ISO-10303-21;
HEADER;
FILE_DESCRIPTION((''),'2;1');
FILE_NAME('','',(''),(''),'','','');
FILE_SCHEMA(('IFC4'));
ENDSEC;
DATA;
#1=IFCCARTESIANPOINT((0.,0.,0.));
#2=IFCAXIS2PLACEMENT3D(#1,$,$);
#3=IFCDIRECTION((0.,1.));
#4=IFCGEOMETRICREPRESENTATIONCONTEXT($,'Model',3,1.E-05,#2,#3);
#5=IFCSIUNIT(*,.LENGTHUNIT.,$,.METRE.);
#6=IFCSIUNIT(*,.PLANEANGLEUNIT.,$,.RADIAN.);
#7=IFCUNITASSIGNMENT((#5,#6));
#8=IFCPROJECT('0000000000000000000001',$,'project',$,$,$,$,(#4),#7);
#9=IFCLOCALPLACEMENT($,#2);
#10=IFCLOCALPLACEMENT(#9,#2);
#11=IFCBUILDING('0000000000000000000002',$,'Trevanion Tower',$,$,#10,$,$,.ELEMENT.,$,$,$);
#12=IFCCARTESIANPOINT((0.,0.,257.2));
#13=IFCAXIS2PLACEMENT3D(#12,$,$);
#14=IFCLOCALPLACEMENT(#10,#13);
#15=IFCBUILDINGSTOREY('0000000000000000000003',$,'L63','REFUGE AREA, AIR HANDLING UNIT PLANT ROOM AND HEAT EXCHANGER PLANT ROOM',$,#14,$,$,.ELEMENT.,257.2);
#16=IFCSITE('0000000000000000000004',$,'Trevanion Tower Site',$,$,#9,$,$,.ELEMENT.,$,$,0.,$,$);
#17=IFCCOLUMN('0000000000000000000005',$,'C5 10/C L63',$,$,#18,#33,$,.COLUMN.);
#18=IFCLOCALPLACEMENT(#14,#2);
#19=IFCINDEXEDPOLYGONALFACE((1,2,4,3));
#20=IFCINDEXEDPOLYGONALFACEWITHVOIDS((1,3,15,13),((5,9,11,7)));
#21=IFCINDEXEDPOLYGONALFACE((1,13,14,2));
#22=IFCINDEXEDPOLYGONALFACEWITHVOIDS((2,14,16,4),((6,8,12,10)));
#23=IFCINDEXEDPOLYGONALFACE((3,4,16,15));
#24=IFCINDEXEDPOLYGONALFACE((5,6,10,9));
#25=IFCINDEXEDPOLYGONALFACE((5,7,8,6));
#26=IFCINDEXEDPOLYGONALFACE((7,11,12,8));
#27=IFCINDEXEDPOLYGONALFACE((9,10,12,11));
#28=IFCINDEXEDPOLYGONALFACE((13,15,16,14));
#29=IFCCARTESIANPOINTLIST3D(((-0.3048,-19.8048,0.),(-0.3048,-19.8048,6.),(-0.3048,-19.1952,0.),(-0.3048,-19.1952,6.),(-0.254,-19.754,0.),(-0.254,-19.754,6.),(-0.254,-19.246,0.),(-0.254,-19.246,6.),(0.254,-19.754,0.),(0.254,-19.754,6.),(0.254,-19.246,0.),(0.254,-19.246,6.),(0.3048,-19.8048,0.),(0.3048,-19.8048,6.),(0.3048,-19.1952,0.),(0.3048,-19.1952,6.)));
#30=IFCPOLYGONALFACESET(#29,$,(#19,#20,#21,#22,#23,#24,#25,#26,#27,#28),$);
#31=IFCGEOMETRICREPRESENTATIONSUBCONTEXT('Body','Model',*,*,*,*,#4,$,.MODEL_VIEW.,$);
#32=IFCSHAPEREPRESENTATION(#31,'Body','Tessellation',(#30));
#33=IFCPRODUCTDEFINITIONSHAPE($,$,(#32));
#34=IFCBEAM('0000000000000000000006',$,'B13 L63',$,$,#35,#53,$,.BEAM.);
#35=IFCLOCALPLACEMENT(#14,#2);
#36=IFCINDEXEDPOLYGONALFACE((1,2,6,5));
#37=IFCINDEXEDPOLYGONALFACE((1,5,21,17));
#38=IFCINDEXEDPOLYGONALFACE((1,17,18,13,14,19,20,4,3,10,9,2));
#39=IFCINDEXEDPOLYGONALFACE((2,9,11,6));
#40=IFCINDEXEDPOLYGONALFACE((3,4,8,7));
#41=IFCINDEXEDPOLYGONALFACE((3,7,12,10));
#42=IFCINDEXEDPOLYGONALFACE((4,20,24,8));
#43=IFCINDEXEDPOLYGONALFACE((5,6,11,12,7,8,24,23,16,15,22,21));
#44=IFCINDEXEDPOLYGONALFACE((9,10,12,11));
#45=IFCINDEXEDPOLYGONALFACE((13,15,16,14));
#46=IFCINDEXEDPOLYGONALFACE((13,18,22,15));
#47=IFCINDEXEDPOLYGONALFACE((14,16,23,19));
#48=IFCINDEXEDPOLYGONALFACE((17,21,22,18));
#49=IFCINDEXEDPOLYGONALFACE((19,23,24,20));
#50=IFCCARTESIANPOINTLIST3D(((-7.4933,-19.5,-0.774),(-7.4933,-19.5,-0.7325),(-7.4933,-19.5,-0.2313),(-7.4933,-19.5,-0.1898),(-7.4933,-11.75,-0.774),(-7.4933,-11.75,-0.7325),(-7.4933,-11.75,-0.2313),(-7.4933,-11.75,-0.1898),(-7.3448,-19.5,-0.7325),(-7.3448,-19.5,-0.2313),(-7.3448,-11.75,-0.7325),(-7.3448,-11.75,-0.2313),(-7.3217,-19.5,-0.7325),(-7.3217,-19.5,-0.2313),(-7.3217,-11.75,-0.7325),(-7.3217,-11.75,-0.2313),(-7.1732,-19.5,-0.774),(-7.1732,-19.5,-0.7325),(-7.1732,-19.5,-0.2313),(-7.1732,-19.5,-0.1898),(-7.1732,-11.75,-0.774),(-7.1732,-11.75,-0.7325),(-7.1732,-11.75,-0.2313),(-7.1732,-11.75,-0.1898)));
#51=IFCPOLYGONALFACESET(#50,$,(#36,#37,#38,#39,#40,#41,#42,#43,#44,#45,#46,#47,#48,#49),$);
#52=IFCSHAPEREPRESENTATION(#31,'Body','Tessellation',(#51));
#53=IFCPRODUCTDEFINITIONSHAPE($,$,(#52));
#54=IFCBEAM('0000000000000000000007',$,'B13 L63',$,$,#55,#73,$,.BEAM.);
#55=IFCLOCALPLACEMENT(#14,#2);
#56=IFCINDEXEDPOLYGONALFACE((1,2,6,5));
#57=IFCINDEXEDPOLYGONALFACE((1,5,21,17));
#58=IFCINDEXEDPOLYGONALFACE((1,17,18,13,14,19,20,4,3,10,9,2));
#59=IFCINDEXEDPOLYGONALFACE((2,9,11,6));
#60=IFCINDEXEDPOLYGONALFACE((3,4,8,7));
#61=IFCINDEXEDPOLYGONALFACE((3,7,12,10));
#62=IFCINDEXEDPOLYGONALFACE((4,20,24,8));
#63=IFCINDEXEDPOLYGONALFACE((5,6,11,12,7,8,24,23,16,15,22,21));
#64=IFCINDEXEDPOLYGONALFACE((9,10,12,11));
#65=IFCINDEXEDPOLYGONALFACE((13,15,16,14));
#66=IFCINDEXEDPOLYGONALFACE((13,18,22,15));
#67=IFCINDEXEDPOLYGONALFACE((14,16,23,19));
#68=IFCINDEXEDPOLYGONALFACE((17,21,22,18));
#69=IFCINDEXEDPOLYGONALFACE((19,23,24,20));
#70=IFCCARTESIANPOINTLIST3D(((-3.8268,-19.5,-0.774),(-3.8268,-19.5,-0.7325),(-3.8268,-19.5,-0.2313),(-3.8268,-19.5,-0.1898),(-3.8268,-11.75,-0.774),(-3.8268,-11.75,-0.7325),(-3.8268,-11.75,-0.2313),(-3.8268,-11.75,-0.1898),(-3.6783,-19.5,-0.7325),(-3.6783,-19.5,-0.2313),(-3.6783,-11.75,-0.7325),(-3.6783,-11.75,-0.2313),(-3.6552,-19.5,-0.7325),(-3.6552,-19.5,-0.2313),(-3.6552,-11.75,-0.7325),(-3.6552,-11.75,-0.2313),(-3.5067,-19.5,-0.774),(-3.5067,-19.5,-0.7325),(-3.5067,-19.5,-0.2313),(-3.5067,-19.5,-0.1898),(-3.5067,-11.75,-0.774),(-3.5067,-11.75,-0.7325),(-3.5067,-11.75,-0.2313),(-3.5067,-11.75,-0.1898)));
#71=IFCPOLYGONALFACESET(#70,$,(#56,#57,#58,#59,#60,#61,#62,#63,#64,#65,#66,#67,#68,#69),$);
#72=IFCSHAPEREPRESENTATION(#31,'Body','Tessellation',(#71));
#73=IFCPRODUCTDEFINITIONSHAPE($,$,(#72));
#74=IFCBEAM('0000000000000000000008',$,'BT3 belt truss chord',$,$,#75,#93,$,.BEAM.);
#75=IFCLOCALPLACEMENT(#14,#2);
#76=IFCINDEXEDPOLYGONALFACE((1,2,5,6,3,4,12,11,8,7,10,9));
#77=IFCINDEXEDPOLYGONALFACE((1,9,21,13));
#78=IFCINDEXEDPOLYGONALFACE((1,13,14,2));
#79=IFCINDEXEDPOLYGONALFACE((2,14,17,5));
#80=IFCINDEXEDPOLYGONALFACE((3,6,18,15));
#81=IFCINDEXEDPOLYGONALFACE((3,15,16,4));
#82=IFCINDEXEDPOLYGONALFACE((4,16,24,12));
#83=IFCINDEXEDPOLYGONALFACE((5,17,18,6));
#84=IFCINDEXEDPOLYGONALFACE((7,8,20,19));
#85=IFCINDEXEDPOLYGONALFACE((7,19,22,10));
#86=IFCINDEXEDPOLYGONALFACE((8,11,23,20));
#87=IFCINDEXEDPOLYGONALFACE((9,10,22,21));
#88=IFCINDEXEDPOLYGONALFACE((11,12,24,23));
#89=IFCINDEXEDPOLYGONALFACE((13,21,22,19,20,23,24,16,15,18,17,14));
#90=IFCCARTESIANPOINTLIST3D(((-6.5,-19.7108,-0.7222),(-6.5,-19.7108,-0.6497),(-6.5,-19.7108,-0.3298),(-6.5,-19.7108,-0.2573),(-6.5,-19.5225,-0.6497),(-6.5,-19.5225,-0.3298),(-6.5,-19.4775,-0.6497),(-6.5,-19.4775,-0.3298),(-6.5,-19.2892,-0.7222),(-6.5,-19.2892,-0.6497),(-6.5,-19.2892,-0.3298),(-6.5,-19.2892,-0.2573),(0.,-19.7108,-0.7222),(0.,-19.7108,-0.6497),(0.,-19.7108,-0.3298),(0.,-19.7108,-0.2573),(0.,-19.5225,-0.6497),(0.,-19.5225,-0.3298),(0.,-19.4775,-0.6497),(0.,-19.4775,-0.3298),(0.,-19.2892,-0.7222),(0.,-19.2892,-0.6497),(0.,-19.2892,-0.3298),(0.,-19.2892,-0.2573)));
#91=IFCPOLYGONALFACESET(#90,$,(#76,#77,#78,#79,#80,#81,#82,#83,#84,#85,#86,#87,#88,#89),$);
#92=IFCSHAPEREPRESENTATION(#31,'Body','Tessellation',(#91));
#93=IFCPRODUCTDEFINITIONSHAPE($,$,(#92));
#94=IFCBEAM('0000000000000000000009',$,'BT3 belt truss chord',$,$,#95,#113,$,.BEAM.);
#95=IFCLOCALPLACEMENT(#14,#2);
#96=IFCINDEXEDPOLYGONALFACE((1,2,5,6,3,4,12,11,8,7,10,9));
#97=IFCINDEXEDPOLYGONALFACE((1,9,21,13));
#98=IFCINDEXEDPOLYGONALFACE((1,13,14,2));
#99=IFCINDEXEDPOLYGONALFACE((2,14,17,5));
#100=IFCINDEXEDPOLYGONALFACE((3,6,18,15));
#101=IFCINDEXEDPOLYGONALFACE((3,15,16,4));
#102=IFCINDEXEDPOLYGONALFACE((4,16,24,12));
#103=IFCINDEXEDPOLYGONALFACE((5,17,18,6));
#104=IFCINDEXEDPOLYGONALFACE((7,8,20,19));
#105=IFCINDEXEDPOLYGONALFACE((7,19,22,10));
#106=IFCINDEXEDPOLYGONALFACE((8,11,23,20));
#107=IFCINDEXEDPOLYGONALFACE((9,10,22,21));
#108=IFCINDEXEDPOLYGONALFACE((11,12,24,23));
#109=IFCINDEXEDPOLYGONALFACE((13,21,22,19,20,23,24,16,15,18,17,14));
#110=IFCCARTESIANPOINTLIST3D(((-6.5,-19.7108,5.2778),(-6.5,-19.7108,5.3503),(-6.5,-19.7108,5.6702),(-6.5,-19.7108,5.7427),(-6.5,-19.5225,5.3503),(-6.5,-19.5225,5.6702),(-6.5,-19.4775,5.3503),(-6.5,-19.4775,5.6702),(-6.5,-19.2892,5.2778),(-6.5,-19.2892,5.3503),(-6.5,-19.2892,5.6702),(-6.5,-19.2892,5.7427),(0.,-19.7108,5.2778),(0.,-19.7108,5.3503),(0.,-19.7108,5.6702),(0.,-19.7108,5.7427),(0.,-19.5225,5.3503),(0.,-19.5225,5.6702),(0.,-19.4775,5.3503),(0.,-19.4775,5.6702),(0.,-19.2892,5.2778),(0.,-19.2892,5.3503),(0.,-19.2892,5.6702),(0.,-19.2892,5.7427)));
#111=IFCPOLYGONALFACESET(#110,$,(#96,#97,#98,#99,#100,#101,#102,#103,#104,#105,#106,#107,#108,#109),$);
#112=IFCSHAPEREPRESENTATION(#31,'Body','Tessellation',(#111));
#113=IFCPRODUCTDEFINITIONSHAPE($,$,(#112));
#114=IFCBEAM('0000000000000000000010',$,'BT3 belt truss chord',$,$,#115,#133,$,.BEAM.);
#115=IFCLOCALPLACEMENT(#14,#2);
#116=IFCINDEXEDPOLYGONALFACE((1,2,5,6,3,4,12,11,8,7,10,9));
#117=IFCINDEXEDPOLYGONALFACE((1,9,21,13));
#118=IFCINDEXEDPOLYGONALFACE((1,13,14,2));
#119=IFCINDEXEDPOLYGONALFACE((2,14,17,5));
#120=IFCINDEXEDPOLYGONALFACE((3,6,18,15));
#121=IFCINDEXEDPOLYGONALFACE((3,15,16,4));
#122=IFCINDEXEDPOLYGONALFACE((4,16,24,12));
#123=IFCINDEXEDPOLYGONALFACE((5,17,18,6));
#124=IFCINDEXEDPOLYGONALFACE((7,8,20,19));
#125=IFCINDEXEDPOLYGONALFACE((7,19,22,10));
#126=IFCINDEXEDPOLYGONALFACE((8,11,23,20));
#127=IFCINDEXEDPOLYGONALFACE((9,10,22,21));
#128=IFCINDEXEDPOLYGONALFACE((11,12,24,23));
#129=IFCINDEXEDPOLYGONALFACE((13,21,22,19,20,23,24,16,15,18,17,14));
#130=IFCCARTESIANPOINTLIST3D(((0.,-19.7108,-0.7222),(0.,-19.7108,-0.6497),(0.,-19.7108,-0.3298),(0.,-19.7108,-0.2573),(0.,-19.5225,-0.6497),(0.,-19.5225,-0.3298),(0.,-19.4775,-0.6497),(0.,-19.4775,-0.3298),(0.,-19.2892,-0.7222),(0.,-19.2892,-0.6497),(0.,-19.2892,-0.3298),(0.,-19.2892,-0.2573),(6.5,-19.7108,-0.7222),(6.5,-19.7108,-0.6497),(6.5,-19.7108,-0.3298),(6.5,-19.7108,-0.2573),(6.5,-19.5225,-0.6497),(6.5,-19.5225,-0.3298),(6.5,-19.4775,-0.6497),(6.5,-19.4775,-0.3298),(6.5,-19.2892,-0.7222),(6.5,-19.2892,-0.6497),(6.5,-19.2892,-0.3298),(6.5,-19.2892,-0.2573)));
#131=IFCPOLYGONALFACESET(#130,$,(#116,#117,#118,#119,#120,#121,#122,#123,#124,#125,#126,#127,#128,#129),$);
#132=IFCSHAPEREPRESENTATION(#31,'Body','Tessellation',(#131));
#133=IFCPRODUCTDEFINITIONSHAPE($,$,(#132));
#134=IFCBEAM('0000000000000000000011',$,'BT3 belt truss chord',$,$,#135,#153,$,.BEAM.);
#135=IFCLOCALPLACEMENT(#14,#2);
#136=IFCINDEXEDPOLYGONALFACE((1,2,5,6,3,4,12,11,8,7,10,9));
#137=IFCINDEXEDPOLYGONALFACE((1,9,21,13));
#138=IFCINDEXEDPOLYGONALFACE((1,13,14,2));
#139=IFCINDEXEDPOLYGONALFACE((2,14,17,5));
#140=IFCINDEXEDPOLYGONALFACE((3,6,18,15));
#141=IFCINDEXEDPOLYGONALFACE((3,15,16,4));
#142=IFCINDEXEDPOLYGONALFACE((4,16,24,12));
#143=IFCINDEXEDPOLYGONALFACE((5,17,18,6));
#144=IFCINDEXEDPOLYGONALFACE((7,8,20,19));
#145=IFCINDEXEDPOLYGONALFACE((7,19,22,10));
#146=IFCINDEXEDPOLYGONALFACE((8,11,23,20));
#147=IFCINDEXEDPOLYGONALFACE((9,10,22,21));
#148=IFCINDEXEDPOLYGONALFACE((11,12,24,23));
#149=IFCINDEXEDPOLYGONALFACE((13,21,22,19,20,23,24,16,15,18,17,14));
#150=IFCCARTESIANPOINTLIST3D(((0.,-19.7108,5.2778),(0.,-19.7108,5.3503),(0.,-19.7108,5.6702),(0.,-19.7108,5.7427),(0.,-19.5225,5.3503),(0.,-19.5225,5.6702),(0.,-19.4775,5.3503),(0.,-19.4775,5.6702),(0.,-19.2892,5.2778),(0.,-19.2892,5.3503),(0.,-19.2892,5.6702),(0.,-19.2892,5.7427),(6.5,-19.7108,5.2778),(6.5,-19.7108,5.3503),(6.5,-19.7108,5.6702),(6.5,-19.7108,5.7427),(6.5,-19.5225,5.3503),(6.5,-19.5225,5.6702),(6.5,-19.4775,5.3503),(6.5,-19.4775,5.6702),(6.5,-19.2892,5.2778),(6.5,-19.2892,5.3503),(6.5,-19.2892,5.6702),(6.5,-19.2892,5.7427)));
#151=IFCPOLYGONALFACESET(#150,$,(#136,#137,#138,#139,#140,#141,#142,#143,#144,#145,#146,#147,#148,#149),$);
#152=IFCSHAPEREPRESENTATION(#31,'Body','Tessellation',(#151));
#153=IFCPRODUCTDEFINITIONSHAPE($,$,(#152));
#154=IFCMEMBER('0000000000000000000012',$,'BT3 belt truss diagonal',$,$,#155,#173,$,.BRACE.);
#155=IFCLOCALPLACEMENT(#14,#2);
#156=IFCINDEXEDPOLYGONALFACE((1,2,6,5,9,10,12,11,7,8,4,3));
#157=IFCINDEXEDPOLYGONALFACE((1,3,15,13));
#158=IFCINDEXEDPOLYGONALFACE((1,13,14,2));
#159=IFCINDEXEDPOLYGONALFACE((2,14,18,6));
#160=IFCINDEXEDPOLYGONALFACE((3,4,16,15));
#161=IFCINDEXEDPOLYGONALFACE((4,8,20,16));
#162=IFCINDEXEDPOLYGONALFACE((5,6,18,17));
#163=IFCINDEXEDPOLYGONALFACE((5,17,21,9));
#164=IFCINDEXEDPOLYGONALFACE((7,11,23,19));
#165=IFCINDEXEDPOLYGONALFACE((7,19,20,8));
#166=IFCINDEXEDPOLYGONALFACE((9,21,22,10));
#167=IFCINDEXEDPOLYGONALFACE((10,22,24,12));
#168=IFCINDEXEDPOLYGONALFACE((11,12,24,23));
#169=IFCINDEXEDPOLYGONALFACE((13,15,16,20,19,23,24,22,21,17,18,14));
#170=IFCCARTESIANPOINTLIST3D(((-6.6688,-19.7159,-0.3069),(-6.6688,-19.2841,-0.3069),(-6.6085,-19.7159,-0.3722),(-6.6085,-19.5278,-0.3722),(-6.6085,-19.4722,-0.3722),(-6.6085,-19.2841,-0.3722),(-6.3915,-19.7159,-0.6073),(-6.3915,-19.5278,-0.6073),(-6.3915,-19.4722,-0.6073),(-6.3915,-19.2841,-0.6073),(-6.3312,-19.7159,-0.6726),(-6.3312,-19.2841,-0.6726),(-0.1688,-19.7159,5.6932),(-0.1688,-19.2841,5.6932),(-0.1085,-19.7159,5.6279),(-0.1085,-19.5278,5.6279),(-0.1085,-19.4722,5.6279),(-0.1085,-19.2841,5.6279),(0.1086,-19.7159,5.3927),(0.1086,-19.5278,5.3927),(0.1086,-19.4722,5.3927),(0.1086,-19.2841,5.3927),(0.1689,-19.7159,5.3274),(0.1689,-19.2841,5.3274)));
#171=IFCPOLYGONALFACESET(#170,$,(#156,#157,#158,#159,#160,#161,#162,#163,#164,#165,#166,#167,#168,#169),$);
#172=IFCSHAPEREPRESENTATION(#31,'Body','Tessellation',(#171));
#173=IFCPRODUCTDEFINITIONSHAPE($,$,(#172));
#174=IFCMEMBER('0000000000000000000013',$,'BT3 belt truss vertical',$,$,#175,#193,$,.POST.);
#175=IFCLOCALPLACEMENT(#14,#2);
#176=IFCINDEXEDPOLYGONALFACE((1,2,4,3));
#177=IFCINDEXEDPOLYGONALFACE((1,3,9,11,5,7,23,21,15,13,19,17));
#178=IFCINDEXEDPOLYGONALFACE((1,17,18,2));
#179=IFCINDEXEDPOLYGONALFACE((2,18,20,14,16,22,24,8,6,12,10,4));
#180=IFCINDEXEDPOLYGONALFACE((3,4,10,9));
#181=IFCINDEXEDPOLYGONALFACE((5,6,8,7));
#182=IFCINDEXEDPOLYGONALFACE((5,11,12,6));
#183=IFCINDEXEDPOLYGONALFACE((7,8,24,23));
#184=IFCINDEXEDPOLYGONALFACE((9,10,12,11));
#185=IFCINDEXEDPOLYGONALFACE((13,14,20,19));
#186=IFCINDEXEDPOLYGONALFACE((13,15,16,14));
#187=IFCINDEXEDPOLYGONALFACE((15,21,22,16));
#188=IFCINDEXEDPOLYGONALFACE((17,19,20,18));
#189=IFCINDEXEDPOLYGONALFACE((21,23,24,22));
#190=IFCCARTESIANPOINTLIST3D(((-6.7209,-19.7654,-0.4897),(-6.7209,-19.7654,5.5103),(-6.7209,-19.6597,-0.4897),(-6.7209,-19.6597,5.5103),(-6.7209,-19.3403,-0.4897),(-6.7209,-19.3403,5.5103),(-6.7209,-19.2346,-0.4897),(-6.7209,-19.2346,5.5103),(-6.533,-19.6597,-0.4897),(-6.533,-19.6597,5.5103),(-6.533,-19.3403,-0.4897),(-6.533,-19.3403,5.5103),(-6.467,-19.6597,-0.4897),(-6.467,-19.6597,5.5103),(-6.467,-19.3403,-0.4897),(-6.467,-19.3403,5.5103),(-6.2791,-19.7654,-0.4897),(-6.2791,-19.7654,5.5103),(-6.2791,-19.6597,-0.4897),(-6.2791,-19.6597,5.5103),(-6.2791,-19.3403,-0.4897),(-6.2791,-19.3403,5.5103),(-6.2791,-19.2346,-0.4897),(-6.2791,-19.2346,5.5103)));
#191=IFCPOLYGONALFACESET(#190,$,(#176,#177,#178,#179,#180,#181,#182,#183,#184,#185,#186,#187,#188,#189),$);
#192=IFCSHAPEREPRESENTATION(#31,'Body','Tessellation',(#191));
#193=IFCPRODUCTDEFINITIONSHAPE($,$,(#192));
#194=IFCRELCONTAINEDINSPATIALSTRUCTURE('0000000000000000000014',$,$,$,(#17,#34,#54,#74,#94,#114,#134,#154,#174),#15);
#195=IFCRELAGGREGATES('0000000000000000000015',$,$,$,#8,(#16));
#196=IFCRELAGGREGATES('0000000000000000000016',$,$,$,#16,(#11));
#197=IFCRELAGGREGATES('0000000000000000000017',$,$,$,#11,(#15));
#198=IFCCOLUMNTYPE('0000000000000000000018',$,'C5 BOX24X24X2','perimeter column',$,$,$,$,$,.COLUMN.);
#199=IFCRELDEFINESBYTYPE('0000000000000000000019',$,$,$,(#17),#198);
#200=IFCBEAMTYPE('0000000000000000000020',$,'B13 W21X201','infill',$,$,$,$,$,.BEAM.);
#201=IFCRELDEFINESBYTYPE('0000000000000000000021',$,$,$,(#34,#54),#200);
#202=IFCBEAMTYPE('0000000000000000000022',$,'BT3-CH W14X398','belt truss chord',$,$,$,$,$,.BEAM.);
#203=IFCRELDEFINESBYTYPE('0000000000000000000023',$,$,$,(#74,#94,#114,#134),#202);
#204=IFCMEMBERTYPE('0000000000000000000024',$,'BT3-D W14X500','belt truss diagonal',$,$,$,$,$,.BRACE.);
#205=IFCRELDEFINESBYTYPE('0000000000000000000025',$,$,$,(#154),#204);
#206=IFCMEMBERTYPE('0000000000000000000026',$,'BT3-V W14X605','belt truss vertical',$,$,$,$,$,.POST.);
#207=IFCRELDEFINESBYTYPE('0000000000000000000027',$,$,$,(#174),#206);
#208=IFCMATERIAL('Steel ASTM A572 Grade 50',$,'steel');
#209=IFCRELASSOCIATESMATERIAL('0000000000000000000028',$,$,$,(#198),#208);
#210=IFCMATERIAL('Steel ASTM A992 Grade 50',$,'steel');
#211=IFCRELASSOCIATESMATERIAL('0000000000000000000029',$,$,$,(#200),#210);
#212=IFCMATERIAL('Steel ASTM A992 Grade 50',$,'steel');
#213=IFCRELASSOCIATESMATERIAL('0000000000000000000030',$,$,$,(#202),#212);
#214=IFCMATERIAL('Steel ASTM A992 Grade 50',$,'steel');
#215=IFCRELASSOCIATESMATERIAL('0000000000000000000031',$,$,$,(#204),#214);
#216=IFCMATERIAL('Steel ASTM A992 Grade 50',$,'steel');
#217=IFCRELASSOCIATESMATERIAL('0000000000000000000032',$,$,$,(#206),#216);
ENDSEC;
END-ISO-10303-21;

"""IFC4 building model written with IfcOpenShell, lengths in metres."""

from ifc_helpers import new_model, si_unit, direction, frame, origin, origin_2d, place, context, subcontext, project, spatial, hollow_rectangle, i_section, extrude, material, material_profile, profile_set, type_object, element, save


model = new_model("IFC4")

# Units and contexts
model_context = context("Model", 3, precision=1e-05, world=origin(), true_north=direction((0.0, 1.0)))
body_context = subcontext(model_context, "Body", "Model", "MODEL_VIEW")
ifc_project = project(units=[si_unit("LENGTHUNIT", "METRE"), si_unit("PLANEANGLEUNIT", "RADIAN")], contexts=[model_context])

# Site, building, storey
site_placement = place(None, origin())
site = spatial("IfcSite", under=ifc_project, at=site_placement, Name="Trevanion Tower Site", CompositionType="ELEMENT", RefElevation=0.0)
building_placement = place(site_placement, origin())
building = spatial("IfcBuilding", under=site, at=building_placement, Name="Trevanion Tower", CompositionType="ELEMENT")
storey_placement = place(building_placement, frame((0.0, 0.0, 257.2)))
storey = spatial("IfcBuildingStorey", under=building, at=storey_placement, Name="L63", Description="REFUGE AREA, AIR HANDLING UNIT PLANT ROOM AND HEAT EXCHANGER PLANT ROOM", CompositionType="ELEMENT", Elevation=257.2)

# Column
ifc_material_1 = material(Name="Steel ASTM A572 Grade 50", Category="steel")
ifc_material_profile_1 = material_profile(ifc_material_1, hollow_rectangle(XDim=0.6096, YDim=0.6096, WallThickness=0.0508, at=origin_2d()), Name="BOX24X24X2")
ifc_profile_set_1 = profile_set([ifc_material_profile_1], Name="Steel ASTM A572 Grade 50")
column_type = type_object("IfcColumnType", Name="C5 BOX24X24X2", Description="perimeter column", PredefinedType="COLUMN", material=ifc_profile_set_1)
column_placement = place(storey_placement, frame((0.0, -19.5, 0.0), z_axis=(0.0, 0.0, 1.0), x_axis=(1.0, 0.0, 0.0)))
element("IfcColumn", 1, at=column_placement, inside=storey, type_object=column_type, Name="C5 10/C L63", PredefinedType="COLUMN", context=body_context, shape_type="SweptSolid", body=[
    extrude(hollow_rectangle(XDim=0.6096, YDim=0.6096, WallThickness=0.0508, at=origin_2d()), origin(), (0.0, 0.0, 1.0), 6.0),
])

# Beams
ifc_material_2 = material(Name="Steel ASTM A992 Grade 50", Category="steel")
ifc_material_profile_2 = material_profile(ifc_material_2, i_section(OverallWidth=0.3201, OverallDepth=0.5842, WebThickness=0.0232, FlangeThickness=0.0415, at=origin_2d()), Name="W21X201")
ifc_profile_set_2 = profile_set([ifc_material_profile_2], Name="Steel ASTM A992 Grade 50")
beam_type_1 = type_object("IfcBeamType", Name="B13 W21X201", Description="infill", PredefinedType="BEAM", material=ifc_profile_set_2)
for number, where, z_axis, x_axis, name in (
    (2, (-7.3333, -11.75, -0.4819), (0.0, -1.0, 0.0), (1.0, 0.0, 0.0), "B13 L63"),
    (3, (-3.6667, -11.75, -0.4819), (0.0, -1.0, 0.0), (1.0, 0.0, 0.0), "B13 L63"),
):
    element("IfcBeam", number, at=place(storey_placement, frame(where, z_axis=z_axis, x_axis=x_axis)), inside=storey, type_object=beam_type_1, Name=name, PredefinedType="BEAM", context=body_context, shape_type="SweptSolid", body=[
        extrude(i_section(OverallWidth=0.3201, OverallDepth=0.5842, WebThickness=0.0232, FlangeThickness=0.0415, at=origin_2d()), origin(), (0.0, 0.0, 1.0), 7.75),
    ])
ifc_material_3 = material(Name="Steel ASTM A992 Grade 50", Category="steel")
ifc_material_profile_3 = material_profile(ifc_material_3, i_section(OverallWidth=0.4216, OverallDepth=0.4648, WebThickness=0.0449, FlangeThickness=0.0725, at=origin_2d()), Name="W14X398")
ifc_profile_set_3 = profile_set([ifc_material_profile_3], Name="Steel ASTM A992 Grade 50")
beam_type_2 = type_object("IfcBeamType", Name="BT3-CH W14X398", Description="belt truss chord", PredefinedType="BEAM", material=ifc_profile_set_3)
for number, where, z_axis, x_axis, name in (
    (4, (-6.5, -19.5, -0.4897), (1.0, 0.0, 0.0), (0.0, 1.0, 0.0), "BT3 belt truss chord"),
    (5, (-6.5, -19.5, 5.5103), (1.0, 0.0, 0.0), (0.0, 1.0, 0.0), "BT3 belt truss chord"),
    (6, (0.0, -19.5, -0.4897), (1.0, 0.0, 0.0), (0.0, 1.0, 0.0), "BT3 belt truss chord"),
    (7, (0.0, -19.5, 5.5103), (1.0, 0.0, 0.0), (0.0, 1.0, 0.0), "BT3 belt truss chord"),
):
    element("IfcBeam", number, at=place(storey_placement, frame(where, z_axis=z_axis, x_axis=x_axis)), inside=storey, type_object=beam_type_2, Name=name, PredefinedType="BEAM", context=body_context, shape_type="SweptSolid", body=[
        extrude(i_section(OverallWidth=0.4216, OverallDepth=0.4648, WebThickness=0.0449, FlangeThickness=0.0725, at=origin_2d()), origin(), (0.0, 0.0, 1.0), 6.5),
    ])

# Members
ifc_material_4 = material(Name="Steel ASTM A992 Grade 50", Category="steel")
ifc_material_profile_4 = material_profile(ifc_material_4, i_section(OverallWidth=0.4319, OverallDepth=0.4978, WebThickness=0.0557, FlangeThickness=0.0889, at=origin_2d()), Name="W14X500")
ifc_profile_set_4 = profile_set([ifc_material_profile_4], Name="Steel ASTM A992 Grade 50")
member_type_1 = type_object("IfcMemberType", Name="BT3-D W14X500", Description="belt truss diagonal", PredefinedType="BRACE", material=ifc_profile_set_4)
member_1_placement = place(storey_placement, frame((-6.5, -19.5, -0.4897), z_axis=(0.734803, 0.0, 0.67828), x_axis=(0.0, 1.0, 0.0)))
element("IfcMember", 8, at=member_1_placement, inside=storey, type_object=member_type_1, Name="BT3 belt truss diagonal", PredefinedType="BRACE", context=body_context, shape_type="SweptSolid", body=[
    extrude(i_section(OverallWidth=0.4319, OverallDepth=0.4978, WebThickness=0.0557, FlangeThickness=0.0889, at=origin_2d()), origin(), (0.0, 0.0, 1.0), 8.8459),
])
ifc_material_5 = material(Name="Steel ASTM A992 Grade 50", Category="steel")
ifc_material_profile_5 = material_profile(ifc_material_5, i_section(OverallWidth=0.4419, OverallDepth=0.5308, WebThickness=0.0659, FlangeThickness=0.1057, at=origin_2d()), Name="W14X605")
ifc_profile_set_5 = profile_set([ifc_material_profile_5], Name="Steel ASTM A992 Grade 50")
member_type_2 = type_object("IfcMemberType", Name="BT3-V W14X605", Description="belt truss vertical", PredefinedType="POST", material=ifc_profile_set_5)
member_2_placement = place(storey_placement, frame((-6.5, -19.5, -0.4897), z_axis=(0.0, 0.0, 1.0), x_axis=(1.0, 0.0, 0.0)))
element("IfcMember", 9, at=member_2_placement, inside=storey, type_object=member_type_2, Name="BT3 belt truss vertical", PredefinedType="POST", context=body_context, shape_type="SweptSolid", body=[
    extrude(i_section(OverallWidth=0.4419, OverallDepth=0.5308, WebThickness=0.0659, FlangeThickness=0.1057, at=origin_2d()), origin(), (0.0, 0.0, 1.0), 6.0),
])

save(model, "model.ifc")
